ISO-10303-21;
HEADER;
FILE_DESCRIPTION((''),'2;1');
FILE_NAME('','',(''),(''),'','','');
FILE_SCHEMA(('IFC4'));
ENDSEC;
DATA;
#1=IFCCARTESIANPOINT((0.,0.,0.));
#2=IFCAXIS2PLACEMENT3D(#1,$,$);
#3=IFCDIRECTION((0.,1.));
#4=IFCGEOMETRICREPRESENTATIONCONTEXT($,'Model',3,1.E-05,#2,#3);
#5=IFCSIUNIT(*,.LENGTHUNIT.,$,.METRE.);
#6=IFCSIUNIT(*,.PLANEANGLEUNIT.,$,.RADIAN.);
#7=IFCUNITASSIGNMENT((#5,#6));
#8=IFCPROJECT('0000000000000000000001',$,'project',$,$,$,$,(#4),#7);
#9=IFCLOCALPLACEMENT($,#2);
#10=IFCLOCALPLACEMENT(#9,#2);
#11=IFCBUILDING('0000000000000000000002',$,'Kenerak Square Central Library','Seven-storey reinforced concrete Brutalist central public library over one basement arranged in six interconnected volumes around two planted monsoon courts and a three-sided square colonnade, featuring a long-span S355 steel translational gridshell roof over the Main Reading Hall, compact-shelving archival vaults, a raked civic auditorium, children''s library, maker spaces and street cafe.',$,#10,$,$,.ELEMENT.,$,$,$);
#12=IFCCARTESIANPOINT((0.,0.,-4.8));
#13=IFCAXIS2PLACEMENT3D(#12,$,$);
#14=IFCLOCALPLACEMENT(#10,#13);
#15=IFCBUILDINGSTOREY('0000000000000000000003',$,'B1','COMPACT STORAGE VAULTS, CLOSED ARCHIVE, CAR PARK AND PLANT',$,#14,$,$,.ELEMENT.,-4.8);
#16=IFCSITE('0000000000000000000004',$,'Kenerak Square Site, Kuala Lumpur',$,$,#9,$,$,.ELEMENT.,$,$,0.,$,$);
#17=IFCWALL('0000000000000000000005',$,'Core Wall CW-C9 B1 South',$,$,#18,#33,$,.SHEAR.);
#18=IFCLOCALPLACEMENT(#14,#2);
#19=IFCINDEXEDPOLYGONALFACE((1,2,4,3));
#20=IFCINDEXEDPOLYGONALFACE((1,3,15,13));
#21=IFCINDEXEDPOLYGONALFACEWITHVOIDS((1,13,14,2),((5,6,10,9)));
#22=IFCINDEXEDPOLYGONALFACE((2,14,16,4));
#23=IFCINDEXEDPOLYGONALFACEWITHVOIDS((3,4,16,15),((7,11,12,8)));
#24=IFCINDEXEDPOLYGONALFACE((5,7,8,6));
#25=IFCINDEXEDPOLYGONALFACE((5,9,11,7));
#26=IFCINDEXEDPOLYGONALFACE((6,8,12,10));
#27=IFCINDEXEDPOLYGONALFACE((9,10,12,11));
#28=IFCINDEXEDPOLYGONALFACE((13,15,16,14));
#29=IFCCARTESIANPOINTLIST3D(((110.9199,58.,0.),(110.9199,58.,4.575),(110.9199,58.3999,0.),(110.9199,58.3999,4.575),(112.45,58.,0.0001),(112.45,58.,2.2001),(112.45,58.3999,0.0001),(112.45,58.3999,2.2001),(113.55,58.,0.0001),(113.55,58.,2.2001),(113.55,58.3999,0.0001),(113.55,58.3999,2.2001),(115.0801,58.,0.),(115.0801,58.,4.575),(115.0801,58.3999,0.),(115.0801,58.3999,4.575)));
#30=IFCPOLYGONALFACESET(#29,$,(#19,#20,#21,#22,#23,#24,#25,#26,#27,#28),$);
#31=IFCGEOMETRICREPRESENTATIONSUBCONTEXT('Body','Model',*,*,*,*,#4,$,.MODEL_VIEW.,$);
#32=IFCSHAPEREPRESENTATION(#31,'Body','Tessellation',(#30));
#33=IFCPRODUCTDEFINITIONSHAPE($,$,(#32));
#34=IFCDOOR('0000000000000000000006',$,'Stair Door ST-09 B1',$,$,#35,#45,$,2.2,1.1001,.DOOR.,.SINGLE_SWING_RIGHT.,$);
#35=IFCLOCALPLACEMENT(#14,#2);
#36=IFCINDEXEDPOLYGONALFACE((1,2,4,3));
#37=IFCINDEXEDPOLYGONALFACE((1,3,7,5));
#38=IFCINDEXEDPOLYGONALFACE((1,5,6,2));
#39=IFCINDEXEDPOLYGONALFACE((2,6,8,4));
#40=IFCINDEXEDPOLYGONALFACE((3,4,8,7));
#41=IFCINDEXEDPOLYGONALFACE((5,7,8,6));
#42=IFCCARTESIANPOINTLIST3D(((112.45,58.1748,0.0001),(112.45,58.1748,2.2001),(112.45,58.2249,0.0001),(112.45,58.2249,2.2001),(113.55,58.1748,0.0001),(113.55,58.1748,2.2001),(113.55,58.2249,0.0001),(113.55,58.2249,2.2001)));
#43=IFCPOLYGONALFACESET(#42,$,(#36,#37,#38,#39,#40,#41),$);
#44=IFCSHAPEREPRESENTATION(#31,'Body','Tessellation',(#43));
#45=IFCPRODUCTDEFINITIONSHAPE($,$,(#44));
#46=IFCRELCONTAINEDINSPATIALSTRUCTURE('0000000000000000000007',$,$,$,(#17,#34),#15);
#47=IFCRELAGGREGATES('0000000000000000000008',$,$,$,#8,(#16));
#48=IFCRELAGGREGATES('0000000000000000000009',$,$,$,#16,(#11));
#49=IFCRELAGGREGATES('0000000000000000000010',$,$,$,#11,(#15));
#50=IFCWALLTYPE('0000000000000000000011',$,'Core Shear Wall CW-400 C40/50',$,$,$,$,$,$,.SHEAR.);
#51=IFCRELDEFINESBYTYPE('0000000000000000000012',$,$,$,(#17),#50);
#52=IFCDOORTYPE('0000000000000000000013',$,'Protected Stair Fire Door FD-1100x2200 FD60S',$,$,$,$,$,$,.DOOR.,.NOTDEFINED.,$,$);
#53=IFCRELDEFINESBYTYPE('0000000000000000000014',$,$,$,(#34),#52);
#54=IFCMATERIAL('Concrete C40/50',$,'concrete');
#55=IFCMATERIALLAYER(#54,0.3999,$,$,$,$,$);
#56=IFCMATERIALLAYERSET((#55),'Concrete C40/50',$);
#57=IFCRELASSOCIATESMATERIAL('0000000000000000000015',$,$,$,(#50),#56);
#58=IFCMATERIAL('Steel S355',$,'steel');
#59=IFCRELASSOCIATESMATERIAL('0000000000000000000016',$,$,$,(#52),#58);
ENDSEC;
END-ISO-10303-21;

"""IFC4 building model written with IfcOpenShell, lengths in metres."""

from ifc_helpers import new_model, si_unit, direction, frame, frame_2d, origin, place, context, subcontext, project, spatial, rectangle, extrude, material, layer, layer_set, type_object, element, fill, save


model = new_model("IFC4")

# Units and contexts
model_context = context("Model", 3, precision=1e-05, world=origin(), true_north=direction((0.0, 1.0)))
body_context = subcontext(model_context, "Body", "Model", "MODEL_VIEW")
ifc_project = project(units=[si_unit("LENGTHUNIT", "METRE"), si_unit("PLANEANGLEUNIT", "RADIAN")], contexts=[model_context])

# Site, building, storey
site_placement = place(None, origin())
site = spatial("IfcSite", under=ifc_project, at=site_placement, Name="Kenerak Square Site, Kuala Lumpur", CompositionType="ELEMENT", RefElevation=0.0)
building_placement = place(site_placement, origin())
building = spatial("IfcBuilding", under=site, at=building_placement, Name="Kenerak Square Central Library", Description="Seven-storey reinforced concrete Brutalist central public library over one basement arranged in six interconnected volumes around two planted monsoon courts and a three-sided square colonnade, featuring a long-span S355 steel translational gridshell roof over the Main Reading Hall, compact-shelving archival vaults, a raked civic auditorium, children's library, maker spaces and street cafe.", CompositionType="ELEMENT")
storey_placement = place(building_placement, frame((0.0, 0.0, -4.8)))
storey = spatial("IfcBuildingStorey", under=building, at=storey_placement, Name="B1", Description="COMPACT STORAGE VAULTS, CLOSED ARCHIVE, CAR PARK AND PLANT", CompositionType="ELEMENT", Elevation=-4.8)

# Shared definitions
ifc_material_1 = material(Name="Concrete C40/50", Category="concrete")

# Shared definitions
ifc_layer = layer(ifc_material_1, 0.3999)
ifc_layer_set = layer_set([ifc_layer], Name="Concrete C40/50")
wall_type = type_object("IfcWallType", Name="Core Shear Wall CW-400 C40/50", PredefinedType="SHEAR", material=ifc_layer_set)

# Wall, opening, door
wall_1_placement = place(storey_placement, frame((115.0801, 58.2, 0.0), z_axis=(0.0, 0.0, 1.0), x_axis=(-1.0, 0.0, 0.0)))
wall_1 = element("IfcWall", 1, at=wall_1_placement, inside=storey, type_object=wall_type, Name="Core Wall CW-C9 B1 South", PredefinedType="SHEAR", context=body_context, shape_type="SweptSolid", body=[
    extrude(rectangle(XDim=4.1602, YDim=0.3999, at=frame_2d((2.0801, 0.0))), origin(), (0.0, 0.0, 1.0), 4.575),
])
opening_placement = place(wall_1_placement, frame((1.53, 0.0, 0.0)))
opening = element("IfcOpeningElement", 2, at=opening_placement, cuts=wall_1, PredefinedType="OPENING", context=body_context, shape_type="SweptSolid", body=[
    extrude(rectangle(XDim=1.1001, YDim=2.2, at=frame_2d((0.55, 1.1001))), frame((0.0, 0.21, 0.0), z_axis=(0.0, -1.0, 0.0), x_axis=(1.0, 0.0, 0.0)), (0.0, 0.0, 1.0), 0.4199),
])
ifc_material_2 = material(Name="Steel S355", Category="steel")
door_type = type_object("IfcDoorType", Name="Protected Stair Fire Door FD-1100x2200 FD60S", OperationType="NOTDEFINED", PredefinedType="DOOR", material=ifc_material_2)
door_placement = place(opening_placement, frame((1.1001, 0.0, 0.0), z_axis=(0.0, 0.0, 1.0), x_axis=(-1.0, 0.0, 0.0)))
door = element("IfcDoor", 3, at=door_placement, inside=storey, type_object=door_type, Name="Stair Door ST-09 B1", OperationType="SINGLE_SWING_RIGHT", OverallHeight=2.2, OverallWidth=1.1001, PredefinedType="DOOR", context=body_context, shape_type="SweptSolid", body=[
    extrude(rectangle(XDim=1.1001, YDim=2.2, at=frame_2d((0.55, 1.1001))), frame((0.0, 0.0249, 0.0), z_axis=(0.0, -1.0, 0.0), x_axis=(1.0, 0.0, 0.0)), (0.0, 0.0, 1.0), 0.05),
])
fill(opening, door)

save(model, "model.ifc")
